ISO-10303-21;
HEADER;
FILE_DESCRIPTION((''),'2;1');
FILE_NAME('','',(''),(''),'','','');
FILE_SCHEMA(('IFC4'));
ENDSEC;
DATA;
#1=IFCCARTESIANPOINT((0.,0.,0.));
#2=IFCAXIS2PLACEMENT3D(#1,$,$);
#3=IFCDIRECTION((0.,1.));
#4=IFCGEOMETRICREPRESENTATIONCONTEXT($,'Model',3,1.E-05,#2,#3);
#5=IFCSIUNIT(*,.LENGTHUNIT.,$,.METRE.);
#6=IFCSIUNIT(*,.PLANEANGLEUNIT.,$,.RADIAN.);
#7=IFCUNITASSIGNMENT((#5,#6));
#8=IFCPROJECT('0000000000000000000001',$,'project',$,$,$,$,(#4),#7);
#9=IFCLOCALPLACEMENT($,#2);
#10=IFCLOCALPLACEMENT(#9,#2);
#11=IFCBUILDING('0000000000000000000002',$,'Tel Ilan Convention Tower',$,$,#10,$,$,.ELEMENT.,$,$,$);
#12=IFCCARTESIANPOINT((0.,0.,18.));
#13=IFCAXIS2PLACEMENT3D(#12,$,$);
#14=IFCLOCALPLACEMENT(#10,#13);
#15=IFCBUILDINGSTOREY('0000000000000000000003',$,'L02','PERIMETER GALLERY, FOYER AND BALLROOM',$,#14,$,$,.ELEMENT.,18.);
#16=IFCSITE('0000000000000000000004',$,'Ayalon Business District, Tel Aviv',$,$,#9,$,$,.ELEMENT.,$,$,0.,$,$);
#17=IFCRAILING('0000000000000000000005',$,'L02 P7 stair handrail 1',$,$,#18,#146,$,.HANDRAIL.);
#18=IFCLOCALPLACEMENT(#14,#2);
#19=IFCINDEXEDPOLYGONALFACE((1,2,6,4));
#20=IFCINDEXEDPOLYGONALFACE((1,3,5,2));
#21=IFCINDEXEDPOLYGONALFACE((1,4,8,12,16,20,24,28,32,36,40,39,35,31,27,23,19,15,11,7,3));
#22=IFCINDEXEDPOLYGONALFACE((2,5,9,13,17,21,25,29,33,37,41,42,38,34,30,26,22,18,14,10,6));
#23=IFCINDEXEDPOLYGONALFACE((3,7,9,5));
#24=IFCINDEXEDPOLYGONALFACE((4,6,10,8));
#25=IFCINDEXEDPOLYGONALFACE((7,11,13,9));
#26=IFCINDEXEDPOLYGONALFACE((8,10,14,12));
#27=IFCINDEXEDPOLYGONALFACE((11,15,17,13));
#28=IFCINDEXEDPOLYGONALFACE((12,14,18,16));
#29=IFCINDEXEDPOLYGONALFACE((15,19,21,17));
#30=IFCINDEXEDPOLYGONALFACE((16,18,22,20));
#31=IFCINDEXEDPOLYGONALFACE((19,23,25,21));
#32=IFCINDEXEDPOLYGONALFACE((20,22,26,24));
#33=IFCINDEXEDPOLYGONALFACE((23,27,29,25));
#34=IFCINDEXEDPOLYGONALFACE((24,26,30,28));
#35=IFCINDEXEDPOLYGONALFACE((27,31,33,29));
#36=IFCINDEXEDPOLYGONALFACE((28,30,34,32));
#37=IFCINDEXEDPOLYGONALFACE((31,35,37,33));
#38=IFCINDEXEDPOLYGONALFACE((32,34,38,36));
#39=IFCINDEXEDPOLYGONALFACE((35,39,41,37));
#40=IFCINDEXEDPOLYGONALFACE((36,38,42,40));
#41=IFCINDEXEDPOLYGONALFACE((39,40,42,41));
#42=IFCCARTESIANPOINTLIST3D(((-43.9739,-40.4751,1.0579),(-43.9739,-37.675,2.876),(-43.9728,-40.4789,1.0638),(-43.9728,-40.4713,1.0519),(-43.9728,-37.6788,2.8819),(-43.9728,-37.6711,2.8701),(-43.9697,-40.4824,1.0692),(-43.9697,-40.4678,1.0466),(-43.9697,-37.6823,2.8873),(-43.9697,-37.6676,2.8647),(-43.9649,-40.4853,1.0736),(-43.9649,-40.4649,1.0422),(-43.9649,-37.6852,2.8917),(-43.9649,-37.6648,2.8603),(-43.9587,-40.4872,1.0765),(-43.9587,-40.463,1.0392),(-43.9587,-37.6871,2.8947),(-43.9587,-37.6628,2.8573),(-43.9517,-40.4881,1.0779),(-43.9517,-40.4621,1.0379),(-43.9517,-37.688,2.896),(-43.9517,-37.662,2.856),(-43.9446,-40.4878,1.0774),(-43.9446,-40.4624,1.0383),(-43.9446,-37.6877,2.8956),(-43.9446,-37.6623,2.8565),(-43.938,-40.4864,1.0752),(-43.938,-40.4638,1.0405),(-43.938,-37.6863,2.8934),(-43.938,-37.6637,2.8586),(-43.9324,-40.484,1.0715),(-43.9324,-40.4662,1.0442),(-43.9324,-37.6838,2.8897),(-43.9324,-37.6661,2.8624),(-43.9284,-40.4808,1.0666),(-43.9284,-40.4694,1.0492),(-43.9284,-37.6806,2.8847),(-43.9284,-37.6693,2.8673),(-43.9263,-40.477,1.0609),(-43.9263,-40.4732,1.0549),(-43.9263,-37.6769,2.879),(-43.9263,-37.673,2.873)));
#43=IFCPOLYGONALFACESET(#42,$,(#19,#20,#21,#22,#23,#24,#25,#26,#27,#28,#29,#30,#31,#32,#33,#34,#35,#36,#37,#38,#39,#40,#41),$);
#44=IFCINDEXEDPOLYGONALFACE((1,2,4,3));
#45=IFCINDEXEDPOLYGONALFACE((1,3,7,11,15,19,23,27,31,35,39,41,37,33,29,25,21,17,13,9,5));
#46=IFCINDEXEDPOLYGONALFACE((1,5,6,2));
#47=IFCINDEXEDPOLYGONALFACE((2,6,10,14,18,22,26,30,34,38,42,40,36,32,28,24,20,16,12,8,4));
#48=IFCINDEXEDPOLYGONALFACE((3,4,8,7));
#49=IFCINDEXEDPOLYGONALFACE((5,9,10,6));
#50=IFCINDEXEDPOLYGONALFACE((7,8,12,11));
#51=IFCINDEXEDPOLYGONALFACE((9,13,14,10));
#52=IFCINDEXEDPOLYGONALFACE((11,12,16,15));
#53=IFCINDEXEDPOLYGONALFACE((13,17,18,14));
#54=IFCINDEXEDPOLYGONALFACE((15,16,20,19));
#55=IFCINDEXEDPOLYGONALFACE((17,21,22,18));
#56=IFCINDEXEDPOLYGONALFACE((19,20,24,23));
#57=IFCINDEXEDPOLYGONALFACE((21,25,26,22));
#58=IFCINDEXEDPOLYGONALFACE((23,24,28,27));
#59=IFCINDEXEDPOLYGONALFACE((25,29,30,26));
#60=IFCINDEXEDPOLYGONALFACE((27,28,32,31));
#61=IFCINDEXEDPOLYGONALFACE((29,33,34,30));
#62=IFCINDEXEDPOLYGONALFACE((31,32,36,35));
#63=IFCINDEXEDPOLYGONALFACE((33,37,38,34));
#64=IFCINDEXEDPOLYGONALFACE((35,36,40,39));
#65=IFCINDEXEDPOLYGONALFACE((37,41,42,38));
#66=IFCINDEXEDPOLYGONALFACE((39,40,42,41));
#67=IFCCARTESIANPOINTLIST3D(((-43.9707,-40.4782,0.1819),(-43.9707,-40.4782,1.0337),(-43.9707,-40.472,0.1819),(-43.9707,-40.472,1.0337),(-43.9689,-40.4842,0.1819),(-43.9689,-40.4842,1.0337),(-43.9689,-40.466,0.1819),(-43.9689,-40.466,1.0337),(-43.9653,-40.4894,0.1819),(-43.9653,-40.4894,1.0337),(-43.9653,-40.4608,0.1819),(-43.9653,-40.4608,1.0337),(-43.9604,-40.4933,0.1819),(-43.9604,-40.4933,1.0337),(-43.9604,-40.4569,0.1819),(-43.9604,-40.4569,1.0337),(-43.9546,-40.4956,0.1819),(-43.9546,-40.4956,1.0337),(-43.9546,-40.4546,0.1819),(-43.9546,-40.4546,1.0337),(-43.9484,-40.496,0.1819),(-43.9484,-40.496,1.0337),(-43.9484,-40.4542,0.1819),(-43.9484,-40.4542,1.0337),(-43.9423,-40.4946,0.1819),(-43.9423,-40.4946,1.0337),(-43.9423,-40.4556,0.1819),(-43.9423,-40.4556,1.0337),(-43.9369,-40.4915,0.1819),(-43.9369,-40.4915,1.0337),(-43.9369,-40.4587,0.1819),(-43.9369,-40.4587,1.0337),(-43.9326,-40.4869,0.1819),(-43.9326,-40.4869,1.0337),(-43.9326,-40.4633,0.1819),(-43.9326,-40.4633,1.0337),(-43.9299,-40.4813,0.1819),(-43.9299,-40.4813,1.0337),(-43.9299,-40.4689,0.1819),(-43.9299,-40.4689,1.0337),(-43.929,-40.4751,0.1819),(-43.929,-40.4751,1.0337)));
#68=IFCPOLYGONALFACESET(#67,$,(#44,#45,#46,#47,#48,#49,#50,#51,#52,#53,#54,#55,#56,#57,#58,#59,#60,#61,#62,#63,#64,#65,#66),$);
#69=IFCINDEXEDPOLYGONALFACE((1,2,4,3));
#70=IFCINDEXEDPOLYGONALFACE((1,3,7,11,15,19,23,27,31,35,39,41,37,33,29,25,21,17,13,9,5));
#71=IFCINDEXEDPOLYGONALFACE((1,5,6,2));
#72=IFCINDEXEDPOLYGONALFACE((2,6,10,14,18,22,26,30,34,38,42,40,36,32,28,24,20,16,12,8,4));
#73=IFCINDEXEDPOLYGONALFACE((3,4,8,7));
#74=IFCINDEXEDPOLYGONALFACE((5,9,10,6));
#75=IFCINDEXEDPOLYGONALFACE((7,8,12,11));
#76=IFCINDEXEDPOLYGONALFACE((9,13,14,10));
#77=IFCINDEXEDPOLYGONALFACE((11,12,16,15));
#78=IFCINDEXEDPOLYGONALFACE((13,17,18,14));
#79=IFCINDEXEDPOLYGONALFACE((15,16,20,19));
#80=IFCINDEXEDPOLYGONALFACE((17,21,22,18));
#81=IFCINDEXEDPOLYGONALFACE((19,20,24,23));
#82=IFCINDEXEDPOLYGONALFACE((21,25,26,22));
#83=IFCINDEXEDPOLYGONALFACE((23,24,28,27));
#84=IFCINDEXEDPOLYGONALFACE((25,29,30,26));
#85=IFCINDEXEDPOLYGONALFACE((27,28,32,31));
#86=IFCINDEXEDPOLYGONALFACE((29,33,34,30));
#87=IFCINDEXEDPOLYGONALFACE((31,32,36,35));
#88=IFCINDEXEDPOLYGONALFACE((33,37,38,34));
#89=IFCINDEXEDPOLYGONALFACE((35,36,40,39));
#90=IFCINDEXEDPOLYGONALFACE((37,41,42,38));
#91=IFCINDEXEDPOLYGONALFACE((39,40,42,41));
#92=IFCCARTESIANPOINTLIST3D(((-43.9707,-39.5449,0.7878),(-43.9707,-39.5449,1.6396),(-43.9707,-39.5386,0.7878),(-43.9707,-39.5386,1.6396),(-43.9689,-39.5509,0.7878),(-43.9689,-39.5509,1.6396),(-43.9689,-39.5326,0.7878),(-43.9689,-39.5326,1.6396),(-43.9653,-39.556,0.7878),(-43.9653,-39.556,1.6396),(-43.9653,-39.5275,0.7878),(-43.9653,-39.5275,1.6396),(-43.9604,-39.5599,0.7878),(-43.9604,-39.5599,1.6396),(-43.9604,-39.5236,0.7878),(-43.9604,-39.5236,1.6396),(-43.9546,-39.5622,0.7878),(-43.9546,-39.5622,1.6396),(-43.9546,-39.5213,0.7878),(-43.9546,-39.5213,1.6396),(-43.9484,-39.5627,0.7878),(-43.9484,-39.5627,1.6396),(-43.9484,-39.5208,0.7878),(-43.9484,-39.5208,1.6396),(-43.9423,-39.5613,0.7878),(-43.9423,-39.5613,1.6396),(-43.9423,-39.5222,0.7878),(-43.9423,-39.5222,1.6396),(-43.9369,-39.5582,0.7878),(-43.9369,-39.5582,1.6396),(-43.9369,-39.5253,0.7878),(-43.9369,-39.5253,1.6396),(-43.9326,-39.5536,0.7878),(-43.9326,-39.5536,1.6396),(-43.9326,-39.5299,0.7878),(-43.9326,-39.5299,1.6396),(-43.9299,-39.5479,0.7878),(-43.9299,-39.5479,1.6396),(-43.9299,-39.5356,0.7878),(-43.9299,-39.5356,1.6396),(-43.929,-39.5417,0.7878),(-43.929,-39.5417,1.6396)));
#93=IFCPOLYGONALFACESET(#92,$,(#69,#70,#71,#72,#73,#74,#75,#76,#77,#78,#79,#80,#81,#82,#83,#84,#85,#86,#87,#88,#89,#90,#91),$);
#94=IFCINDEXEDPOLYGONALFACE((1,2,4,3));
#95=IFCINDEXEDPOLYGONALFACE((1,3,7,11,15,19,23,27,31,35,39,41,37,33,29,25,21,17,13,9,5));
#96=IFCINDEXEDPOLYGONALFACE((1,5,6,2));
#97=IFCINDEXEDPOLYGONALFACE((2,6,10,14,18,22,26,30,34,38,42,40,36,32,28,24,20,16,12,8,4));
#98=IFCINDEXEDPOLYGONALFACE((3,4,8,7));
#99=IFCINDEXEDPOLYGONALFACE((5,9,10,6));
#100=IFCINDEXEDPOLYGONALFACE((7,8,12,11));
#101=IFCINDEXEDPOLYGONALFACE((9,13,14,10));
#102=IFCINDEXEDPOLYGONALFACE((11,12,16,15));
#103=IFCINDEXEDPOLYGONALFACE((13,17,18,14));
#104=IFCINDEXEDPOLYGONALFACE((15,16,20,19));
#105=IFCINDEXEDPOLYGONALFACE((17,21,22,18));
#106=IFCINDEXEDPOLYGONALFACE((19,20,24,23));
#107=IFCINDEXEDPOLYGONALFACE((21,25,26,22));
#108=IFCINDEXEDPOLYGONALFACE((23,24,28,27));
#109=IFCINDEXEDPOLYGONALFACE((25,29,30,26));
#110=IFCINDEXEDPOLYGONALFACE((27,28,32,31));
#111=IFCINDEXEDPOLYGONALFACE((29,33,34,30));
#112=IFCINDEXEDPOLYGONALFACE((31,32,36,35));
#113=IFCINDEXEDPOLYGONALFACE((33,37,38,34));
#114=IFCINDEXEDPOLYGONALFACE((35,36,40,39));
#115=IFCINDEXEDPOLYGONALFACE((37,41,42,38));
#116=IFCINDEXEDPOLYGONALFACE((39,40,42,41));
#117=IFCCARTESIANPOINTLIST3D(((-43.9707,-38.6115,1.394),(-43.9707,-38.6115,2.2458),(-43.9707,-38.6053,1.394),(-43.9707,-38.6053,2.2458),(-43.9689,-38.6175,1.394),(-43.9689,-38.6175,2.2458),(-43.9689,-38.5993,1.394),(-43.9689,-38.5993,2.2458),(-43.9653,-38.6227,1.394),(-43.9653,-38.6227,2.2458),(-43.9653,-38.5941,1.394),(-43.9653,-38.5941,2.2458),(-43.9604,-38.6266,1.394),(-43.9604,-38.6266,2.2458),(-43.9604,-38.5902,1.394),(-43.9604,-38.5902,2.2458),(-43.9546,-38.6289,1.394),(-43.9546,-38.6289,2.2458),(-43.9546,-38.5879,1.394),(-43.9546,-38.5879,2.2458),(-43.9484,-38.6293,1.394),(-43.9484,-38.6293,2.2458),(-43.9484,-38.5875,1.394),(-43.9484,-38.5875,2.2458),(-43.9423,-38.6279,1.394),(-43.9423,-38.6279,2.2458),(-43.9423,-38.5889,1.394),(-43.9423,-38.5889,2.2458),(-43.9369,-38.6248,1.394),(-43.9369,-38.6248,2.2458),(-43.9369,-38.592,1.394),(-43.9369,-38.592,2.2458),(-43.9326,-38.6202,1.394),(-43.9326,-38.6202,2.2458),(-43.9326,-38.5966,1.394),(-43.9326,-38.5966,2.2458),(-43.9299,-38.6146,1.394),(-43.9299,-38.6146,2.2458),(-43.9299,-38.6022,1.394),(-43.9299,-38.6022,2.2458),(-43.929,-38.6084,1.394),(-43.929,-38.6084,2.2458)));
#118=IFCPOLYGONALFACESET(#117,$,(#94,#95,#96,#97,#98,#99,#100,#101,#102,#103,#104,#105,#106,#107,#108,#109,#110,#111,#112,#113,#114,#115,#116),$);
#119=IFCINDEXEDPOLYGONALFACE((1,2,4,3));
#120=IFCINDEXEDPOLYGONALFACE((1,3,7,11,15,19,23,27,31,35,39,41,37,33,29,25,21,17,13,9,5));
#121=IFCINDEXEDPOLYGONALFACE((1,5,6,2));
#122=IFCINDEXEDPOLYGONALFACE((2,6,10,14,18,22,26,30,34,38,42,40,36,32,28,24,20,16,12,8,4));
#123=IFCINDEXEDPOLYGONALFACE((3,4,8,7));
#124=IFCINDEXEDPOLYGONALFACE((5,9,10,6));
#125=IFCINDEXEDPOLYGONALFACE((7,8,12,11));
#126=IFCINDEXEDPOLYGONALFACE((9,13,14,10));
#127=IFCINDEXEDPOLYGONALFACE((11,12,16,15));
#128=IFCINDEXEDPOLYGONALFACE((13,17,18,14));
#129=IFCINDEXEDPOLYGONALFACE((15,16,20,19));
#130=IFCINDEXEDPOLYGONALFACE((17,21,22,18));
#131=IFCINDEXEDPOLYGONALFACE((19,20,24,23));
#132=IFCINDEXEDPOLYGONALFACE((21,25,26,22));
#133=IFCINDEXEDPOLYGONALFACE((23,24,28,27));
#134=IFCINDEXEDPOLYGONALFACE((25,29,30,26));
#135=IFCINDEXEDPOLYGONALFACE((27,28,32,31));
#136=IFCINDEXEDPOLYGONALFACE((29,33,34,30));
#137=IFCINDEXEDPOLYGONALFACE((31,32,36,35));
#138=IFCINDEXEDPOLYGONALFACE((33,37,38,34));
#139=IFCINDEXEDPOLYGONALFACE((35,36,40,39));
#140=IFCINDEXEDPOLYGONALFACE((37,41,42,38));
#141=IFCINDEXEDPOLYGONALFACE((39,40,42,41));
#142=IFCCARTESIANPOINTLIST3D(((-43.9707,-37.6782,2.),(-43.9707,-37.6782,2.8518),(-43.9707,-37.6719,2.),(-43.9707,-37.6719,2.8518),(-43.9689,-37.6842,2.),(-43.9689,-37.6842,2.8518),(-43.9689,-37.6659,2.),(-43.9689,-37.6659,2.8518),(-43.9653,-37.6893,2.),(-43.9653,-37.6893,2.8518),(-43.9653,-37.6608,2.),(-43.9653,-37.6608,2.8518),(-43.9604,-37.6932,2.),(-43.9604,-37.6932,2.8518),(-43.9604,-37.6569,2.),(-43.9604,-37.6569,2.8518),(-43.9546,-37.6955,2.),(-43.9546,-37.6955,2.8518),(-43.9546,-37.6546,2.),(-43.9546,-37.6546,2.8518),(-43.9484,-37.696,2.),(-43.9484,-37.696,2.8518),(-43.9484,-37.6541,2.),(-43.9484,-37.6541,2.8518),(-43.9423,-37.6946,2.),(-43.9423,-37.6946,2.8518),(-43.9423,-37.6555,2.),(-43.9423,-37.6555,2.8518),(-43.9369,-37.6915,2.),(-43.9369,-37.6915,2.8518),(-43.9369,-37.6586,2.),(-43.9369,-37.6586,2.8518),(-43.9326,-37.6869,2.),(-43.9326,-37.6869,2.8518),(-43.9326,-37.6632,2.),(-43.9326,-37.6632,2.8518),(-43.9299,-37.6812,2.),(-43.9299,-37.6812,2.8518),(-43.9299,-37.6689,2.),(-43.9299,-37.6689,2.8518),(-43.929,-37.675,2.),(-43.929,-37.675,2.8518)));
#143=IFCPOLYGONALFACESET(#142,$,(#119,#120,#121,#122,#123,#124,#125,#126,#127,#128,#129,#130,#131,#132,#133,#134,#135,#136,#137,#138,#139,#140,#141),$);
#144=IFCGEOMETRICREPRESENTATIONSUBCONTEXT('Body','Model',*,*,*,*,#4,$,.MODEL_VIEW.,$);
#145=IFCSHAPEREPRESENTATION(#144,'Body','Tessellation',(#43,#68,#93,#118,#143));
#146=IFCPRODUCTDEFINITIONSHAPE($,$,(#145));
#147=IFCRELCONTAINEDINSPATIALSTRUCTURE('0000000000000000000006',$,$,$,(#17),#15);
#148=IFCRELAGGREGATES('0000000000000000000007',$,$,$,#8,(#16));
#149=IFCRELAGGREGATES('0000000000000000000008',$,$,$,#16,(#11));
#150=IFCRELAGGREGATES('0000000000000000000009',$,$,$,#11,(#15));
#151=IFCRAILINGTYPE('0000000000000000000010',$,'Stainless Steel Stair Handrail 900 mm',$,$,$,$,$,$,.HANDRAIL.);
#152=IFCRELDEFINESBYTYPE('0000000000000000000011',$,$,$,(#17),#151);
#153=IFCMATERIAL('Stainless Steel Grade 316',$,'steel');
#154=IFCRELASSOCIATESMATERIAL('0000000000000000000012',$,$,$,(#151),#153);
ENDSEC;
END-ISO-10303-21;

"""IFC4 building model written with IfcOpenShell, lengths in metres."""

from ifc_helpers import new_model, si_unit, direction, frame, origin, origin_2d, place, context, subcontext, project, spatial, circle, extrude, material, type_object, element, save


model = new_model("IFC4")

# Units and contexts
model_context = context("Model", 3, precision=1e-05, world=origin(), true_north=direction((0.0, 1.0)))
body_context = subcontext(model_context, "Body", "Model", "MODEL_VIEW")
ifc_project = project(units=[si_unit("LENGTHUNIT", "METRE"), si_unit("PLANEANGLEUNIT", "RADIAN")], contexts=[model_context])

# Site, building, storey
site_placement = place(None, origin())
site = spatial("IfcSite", under=ifc_project, at=site_placement, Name="Ayalon Business District, Tel Aviv", CompositionType="ELEMENT", RefElevation=0.0)
building_placement = place(site_placement, origin())
building = spatial("IfcBuilding", under=site, at=building_placement, Name="Tel Ilan Convention Tower", CompositionType="ELEMENT")
storey_placement = place(building_placement, frame((0.0, 0.0, 18.0)))
storey = spatial("IfcBuildingStorey", under=building, at=storey_placement, Name="L02", Description="PERIMETER GALLERY, FOYER AND BALLROOM", CompositionType="ELEMENT", Elevation=18.0)

# Railing
ifc_material_1 = material(Name="Stainless Steel Grade 316", Category="steel")
railing_type_1 = type_object("IfcRailingType", Name="Stainless Steel Stair Handrail 900 mm", PredefinedType="HANDRAIL", material=ifc_material_1)
railing_1_placement = place(storey_placement, frame((-43.95, -40.4751, 0.1819)))
element("IfcRailing", 1, at=railing_1_placement, inside=storey, type_object=railing_type_1, Name="L02 P7 stair handrail 1", PredefinedType="HANDRAIL", context=body_context, shape_type="SweptSolid", body=[
    extrude(circle(Radius=0.0239, at=origin_2d()), frame((0.0, 0.0, 0.876), z_axis=(0.0, 0.838706, 0.544585), x_axis=(-1.0, 0.0, 0.0)), (0.0, 0.0, 1.0), 3.3386),
    extrude(circle(Radius=0.021, at=origin_2d()), origin(), (0.0, 0.0, 1.0), 0.8518),
    extrude(circle(Radius=0.021, at=origin_2d()), frame((0.0, 0.9333, 0.606)), (0.0, 0.0, 1.0), 0.8518),
    extrude(circle(Radius=0.021, at=origin_2d()), frame((0.0, 1.8667, 1.2122)), (0.0, 0.0, 1.0), 0.8518),
    extrude(circle(Radius=0.021, at=origin_2d()), frame((0.0, 2.8, 1.8181)), (0.0, 0.0, 1.0), 0.8518),
])

save(model, "model.ifc")
